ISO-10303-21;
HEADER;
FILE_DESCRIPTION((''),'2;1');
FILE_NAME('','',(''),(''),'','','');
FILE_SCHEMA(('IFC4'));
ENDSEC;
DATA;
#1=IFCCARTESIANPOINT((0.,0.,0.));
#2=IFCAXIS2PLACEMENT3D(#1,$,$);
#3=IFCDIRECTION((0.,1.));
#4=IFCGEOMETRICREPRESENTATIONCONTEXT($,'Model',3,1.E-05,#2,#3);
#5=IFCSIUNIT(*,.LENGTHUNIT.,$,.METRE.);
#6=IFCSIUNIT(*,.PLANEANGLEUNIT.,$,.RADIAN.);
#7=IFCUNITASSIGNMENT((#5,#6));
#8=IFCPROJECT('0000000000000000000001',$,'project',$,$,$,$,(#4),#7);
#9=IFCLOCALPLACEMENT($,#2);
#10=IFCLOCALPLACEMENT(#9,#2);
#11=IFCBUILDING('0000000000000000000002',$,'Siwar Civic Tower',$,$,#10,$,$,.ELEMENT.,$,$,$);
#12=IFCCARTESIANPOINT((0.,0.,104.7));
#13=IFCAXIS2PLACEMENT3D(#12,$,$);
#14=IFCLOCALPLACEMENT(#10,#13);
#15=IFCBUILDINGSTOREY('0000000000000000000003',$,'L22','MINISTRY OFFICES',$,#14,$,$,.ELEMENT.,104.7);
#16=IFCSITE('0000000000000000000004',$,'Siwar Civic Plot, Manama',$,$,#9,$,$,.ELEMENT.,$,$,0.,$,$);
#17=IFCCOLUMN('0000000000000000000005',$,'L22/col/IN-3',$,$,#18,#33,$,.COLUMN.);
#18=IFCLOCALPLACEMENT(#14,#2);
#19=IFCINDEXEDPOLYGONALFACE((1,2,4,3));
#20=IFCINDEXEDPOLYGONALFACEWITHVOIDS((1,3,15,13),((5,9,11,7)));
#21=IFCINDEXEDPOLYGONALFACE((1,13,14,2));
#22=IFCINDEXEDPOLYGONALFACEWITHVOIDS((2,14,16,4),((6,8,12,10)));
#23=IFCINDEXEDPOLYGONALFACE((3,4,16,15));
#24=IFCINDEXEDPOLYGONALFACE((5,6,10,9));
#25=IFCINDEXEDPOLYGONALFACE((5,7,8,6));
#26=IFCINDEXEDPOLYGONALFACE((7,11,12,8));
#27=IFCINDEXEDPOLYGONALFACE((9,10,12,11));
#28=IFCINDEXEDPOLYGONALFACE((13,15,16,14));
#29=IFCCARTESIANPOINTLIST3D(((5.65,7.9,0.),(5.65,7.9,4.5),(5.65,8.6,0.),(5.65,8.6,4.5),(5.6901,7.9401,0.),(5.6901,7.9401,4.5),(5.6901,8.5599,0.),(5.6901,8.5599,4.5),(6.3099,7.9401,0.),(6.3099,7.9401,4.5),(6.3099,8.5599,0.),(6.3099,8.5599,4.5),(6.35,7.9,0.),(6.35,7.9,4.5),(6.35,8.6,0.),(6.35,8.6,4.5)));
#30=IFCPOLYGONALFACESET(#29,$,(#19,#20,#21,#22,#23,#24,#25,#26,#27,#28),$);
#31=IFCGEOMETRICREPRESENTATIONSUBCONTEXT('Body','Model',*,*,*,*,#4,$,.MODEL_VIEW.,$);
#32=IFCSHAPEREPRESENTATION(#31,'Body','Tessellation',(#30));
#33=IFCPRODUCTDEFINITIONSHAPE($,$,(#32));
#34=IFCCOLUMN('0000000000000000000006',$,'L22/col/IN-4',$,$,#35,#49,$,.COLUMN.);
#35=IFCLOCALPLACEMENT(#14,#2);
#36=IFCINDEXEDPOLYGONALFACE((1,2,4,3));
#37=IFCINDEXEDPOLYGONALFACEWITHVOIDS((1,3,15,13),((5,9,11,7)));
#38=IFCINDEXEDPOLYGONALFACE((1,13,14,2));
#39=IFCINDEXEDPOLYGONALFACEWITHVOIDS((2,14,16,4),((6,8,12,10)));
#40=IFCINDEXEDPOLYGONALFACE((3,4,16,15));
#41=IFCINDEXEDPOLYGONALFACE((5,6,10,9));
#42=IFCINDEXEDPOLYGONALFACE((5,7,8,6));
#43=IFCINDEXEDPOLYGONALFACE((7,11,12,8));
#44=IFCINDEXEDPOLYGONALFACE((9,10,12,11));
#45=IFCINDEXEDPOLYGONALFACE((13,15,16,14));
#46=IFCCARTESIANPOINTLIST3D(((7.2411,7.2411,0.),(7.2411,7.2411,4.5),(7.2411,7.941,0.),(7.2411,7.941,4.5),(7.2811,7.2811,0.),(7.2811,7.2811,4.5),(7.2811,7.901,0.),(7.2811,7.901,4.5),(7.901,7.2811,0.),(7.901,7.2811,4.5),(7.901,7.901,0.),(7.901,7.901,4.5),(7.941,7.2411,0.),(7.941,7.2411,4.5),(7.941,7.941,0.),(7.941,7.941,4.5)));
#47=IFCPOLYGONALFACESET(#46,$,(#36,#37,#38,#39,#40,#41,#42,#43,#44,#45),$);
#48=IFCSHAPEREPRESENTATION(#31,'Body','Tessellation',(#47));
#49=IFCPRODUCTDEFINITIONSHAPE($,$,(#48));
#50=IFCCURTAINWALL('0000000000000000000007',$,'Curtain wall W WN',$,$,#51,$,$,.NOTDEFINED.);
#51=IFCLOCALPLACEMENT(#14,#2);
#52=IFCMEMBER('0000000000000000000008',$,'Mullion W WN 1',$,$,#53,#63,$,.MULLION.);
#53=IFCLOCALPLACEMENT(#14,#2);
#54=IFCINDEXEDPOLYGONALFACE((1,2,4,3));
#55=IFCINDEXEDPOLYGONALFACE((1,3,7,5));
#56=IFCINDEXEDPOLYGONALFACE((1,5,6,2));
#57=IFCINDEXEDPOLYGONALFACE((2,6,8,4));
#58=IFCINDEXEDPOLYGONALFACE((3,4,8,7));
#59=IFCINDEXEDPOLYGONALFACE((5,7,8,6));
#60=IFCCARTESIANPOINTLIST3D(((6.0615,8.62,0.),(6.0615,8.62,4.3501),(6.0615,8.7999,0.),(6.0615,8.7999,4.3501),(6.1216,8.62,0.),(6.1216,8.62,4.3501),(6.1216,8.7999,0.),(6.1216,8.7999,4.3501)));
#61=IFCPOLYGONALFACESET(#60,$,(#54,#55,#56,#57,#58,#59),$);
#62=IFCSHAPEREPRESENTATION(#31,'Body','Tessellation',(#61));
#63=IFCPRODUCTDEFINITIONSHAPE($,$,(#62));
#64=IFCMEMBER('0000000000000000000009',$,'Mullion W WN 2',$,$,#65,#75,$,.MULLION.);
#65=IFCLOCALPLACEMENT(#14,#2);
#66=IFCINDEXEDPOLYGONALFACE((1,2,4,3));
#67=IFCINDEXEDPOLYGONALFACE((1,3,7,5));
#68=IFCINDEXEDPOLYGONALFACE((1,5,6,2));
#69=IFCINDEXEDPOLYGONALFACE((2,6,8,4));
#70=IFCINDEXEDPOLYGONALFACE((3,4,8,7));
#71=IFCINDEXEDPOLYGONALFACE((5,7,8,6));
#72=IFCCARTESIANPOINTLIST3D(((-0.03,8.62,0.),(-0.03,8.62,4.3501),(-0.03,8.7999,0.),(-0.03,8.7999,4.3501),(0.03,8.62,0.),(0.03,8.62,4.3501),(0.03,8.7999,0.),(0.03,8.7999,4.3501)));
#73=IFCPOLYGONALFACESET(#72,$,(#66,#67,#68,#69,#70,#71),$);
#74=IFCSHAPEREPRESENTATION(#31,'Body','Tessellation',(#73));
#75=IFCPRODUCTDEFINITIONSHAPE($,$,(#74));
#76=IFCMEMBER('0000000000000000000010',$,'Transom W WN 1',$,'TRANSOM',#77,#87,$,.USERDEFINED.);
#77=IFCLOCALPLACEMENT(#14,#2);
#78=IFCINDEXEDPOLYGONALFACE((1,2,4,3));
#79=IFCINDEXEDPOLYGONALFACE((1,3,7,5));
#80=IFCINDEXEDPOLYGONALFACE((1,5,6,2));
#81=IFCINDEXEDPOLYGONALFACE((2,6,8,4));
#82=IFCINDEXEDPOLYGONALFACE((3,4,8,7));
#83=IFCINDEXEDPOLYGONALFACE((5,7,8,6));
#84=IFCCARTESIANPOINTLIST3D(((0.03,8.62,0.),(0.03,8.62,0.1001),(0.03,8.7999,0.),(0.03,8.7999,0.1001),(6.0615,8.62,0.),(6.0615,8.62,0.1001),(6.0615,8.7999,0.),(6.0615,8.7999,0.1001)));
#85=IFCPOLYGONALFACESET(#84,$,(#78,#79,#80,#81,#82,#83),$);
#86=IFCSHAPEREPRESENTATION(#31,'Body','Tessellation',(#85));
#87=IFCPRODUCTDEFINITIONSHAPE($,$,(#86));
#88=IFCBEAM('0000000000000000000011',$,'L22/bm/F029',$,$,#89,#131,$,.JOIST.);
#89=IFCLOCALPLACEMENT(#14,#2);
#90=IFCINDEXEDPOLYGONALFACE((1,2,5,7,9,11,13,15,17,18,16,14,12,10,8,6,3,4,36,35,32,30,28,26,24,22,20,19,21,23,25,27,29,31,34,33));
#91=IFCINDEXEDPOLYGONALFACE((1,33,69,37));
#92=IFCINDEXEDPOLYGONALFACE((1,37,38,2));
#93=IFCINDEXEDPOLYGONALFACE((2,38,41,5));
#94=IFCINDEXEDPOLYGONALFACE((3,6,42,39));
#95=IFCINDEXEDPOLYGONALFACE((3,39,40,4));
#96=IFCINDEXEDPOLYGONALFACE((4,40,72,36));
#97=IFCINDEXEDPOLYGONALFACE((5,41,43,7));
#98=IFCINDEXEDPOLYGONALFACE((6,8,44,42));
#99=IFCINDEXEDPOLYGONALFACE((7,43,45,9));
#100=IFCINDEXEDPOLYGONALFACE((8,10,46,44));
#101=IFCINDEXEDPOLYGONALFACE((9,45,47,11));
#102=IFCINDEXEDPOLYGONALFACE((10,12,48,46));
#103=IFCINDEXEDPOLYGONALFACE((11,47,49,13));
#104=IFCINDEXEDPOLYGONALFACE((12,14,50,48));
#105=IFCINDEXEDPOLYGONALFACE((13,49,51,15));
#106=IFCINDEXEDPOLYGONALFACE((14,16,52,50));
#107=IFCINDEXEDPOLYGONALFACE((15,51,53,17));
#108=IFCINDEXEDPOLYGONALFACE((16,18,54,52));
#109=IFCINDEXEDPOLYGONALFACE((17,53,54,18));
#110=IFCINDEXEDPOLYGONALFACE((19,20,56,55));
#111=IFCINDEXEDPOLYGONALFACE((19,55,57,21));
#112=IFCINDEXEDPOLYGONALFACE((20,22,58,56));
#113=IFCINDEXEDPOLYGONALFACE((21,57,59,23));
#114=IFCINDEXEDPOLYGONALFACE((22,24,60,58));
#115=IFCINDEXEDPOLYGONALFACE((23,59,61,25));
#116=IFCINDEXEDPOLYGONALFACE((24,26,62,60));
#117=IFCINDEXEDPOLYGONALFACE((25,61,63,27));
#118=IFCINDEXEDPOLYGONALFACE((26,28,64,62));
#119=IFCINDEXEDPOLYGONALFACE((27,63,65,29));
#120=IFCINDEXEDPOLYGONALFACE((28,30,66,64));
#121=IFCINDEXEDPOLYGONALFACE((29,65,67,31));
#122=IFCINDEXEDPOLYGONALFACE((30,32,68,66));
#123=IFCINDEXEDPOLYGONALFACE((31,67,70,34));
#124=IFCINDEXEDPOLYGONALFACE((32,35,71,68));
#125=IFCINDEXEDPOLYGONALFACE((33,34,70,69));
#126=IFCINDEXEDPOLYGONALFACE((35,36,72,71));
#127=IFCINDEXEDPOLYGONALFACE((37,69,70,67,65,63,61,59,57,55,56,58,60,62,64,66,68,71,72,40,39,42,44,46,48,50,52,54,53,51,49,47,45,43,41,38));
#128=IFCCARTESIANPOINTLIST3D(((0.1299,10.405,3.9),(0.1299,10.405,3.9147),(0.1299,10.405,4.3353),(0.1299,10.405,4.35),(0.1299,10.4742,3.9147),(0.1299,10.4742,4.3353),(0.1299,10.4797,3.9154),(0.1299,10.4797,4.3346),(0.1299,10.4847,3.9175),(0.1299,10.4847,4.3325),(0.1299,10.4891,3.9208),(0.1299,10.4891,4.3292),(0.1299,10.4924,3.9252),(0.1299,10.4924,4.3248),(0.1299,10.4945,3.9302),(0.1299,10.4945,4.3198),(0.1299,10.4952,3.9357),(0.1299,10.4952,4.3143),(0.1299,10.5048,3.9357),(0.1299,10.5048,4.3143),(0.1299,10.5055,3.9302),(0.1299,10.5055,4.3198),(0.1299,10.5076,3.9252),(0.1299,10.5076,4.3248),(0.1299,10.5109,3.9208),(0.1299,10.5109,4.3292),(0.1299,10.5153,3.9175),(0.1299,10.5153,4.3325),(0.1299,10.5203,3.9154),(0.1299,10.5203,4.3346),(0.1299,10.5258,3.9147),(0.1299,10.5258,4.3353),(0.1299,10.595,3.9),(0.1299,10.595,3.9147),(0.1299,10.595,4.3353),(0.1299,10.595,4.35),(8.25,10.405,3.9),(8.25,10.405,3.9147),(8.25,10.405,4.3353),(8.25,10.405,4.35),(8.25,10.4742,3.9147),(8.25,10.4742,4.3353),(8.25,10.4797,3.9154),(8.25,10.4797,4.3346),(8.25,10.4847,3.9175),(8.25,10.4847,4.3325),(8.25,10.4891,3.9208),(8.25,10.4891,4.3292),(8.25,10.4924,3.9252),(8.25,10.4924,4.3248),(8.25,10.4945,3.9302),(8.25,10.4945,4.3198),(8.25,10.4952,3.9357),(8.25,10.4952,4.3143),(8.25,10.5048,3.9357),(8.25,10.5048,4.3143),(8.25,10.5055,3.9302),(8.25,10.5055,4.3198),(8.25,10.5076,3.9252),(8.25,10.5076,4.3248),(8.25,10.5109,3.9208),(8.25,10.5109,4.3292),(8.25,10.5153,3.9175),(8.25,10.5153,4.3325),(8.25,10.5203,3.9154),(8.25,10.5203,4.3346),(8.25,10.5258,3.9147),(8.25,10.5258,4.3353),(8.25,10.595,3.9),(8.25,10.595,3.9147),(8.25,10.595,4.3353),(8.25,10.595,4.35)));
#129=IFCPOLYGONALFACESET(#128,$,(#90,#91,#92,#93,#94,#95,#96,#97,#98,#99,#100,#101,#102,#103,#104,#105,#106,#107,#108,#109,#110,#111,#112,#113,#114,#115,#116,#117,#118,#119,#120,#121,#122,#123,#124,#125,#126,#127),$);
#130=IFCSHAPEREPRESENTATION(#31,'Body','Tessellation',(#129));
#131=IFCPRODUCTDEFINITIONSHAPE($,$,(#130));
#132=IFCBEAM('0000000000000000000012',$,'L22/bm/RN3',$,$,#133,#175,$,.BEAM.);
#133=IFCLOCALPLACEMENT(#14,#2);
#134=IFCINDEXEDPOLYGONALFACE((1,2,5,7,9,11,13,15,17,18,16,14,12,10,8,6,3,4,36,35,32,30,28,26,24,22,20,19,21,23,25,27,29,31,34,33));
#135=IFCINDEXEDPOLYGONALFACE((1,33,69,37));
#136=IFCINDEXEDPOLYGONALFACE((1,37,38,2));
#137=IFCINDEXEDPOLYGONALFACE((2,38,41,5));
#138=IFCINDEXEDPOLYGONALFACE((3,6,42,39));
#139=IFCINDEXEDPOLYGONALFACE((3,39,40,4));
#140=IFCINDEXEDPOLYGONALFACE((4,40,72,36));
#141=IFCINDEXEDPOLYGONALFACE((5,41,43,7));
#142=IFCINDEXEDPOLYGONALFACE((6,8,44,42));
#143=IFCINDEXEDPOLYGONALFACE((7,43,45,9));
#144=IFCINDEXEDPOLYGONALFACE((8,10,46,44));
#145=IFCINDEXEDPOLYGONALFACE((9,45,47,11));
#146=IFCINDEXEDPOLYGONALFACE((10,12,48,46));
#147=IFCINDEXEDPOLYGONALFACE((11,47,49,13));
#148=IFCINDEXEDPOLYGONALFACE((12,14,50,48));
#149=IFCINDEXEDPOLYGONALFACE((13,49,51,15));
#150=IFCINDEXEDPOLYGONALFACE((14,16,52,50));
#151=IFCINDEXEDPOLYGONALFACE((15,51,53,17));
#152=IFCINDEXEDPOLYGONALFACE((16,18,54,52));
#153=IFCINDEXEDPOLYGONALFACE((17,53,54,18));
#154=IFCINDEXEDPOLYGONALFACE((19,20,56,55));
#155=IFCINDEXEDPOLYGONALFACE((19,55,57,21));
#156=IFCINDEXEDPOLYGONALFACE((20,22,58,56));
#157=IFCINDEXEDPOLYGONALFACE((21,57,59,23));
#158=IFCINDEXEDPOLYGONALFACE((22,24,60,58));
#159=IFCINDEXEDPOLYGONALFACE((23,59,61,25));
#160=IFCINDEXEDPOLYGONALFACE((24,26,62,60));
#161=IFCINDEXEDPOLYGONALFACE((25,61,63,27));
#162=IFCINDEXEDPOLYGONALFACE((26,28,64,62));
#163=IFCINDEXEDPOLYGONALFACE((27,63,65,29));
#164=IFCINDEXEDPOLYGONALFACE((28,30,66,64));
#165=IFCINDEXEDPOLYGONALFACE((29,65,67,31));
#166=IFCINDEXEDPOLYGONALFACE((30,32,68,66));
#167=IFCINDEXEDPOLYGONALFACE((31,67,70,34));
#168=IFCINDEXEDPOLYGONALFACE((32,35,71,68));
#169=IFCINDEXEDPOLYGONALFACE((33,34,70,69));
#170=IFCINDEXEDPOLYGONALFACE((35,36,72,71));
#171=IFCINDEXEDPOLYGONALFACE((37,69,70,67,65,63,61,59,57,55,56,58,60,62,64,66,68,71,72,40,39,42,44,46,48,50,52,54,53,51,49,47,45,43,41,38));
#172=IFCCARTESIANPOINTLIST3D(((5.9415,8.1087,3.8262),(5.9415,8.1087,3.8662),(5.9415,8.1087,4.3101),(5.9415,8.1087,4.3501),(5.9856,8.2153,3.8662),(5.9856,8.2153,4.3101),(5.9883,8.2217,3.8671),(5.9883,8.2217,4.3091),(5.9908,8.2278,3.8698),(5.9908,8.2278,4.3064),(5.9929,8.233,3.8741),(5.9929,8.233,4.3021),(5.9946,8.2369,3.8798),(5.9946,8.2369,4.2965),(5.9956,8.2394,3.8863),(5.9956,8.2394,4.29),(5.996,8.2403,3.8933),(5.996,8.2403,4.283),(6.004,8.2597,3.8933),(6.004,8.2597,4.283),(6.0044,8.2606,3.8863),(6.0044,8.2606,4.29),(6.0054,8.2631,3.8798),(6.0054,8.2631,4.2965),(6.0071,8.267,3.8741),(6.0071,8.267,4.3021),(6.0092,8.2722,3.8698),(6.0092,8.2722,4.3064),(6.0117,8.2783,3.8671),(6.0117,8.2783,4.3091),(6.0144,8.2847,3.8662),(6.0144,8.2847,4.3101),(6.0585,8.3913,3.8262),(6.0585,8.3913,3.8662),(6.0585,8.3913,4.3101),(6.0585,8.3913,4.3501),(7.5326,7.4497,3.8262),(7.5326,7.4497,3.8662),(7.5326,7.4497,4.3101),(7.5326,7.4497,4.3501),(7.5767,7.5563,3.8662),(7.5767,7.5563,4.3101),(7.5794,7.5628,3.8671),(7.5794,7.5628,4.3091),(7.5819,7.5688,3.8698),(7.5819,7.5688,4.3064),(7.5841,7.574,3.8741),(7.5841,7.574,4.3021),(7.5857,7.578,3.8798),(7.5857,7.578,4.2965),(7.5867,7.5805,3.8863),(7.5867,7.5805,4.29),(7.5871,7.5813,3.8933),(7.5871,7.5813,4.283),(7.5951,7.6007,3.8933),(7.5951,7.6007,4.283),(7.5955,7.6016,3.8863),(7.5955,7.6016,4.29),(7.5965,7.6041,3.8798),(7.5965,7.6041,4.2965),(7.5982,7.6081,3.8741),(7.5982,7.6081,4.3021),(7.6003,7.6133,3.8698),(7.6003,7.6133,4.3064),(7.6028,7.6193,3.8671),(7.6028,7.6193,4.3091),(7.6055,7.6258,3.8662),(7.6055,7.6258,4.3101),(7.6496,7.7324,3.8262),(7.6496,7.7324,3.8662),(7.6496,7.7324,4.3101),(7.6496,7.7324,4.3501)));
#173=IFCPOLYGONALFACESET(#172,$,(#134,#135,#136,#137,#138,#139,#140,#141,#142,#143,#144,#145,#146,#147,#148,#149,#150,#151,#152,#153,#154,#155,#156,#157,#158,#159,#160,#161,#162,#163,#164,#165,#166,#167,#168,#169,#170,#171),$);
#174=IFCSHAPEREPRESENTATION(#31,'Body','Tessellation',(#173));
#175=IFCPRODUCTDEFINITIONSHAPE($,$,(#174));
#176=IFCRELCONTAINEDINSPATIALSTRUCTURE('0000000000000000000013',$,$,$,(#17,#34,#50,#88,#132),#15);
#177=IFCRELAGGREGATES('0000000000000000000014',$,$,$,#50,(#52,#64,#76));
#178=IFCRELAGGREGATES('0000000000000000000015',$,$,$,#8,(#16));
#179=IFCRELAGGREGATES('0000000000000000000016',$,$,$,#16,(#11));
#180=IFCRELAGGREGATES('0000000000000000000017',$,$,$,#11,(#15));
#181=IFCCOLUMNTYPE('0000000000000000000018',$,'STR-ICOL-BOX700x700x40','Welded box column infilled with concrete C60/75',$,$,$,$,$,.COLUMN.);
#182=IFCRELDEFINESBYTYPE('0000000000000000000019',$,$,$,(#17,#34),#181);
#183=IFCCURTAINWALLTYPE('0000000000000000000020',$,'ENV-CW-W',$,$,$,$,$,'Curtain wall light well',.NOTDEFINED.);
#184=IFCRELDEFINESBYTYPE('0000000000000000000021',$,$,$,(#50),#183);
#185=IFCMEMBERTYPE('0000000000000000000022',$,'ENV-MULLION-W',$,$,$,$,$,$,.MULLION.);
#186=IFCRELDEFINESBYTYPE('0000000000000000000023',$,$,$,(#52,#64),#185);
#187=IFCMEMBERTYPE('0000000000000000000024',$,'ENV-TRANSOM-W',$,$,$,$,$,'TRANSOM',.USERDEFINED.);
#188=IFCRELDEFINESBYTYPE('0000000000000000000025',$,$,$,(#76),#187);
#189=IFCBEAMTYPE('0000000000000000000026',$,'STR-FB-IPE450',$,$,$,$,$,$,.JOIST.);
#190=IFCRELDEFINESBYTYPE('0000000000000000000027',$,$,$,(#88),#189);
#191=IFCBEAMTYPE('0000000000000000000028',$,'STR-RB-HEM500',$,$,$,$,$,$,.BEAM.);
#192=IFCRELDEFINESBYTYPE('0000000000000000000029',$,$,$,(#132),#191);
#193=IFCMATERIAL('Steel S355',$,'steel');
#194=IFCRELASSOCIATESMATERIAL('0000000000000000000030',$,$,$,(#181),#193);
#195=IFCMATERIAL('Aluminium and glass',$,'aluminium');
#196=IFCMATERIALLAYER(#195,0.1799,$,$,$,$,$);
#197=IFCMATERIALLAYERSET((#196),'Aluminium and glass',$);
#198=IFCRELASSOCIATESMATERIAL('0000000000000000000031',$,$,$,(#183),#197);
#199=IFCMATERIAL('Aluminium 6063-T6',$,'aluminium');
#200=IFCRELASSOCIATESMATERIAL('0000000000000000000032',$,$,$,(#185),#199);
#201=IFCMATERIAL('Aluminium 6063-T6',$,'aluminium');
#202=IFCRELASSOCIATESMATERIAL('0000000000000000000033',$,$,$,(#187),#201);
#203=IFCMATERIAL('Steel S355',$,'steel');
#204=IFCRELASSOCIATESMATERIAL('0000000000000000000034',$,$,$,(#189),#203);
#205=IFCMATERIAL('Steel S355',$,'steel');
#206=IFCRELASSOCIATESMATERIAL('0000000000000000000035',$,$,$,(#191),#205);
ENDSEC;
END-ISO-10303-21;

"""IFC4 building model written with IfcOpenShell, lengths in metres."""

from ifc_helpers import new_model, si_unit, direction, frame, origin, origin_2d, place, context, subcontext, project, spatial, rectangle, hollow_rectangle, i_section, extrude, material, layer, layer_set, material_profile, profile_set, type_object, element, aggregate, save


model = new_model("IFC4")

# Units and contexts
model_context = context("Model", 3, precision=1e-05, world=origin(), true_north=direction((0.0, 1.0)))
body_context = subcontext(model_context, "Body", "Model", "MODEL_VIEW")
ifc_project = project(units=[si_unit("LENGTHUNIT", "METRE"), si_unit("PLANEANGLEUNIT", "RADIAN")], contexts=[model_context])

# Site, building, storey
site_placement = place(None, origin())
site = spatial("IfcSite", under=ifc_project, at=site_placement, Name="Siwar Civic Plot, Manama", CompositionType="ELEMENT", RefElevation=0.0)
building_placement = place(site_placement, origin())
building = spatial("IfcBuilding", under=site, at=building_placement, Name="Siwar Civic Tower", CompositionType="ELEMENT")
storey_placement = place(building_placement, frame((0.0, 0.0, 104.7)))
storey = spatial("IfcBuildingStorey", under=building, at=storey_placement, Name="L22", Description="MINISTRY OFFICES", CompositionType="ELEMENT", Elevation=104.7)

# Columns
ifc_material_1 = material(Name="Steel S355", Category="steel")
ifc_material_profile_1 = material_profile(ifc_material_1, hollow_rectangle(XDim=0.7, YDim=0.7, WallThickness=0.04, at=origin_2d()), Name="BOX700x700x40")
ifc_profile_set_1 = profile_set([ifc_material_profile_1], Name="Steel S355")
column_type = type_object("IfcColumnType", Name="STR-ICOL-BOX700x700x40", Description="Welded box column infilled with concrete C60/75", PredefinedType="COLUMN", material=ifc_profile_set_1)
for number, where, z_axis, x_axis, name in (
    (1, (6.0, 8.25, 0.0), (0.0, 0.0, 1.0), (1.0, 0.0, 0.0), "L22/col/IN-3"),
    (2, (7.5911, 7.5911, 0.0), (0.0, 0.0, 1.0), (1.0, 0.0, 0.0), "L22/col/IN-4"),
):
    element("IfcColumn", number, at=place(storey_placement, frame(where, z_axis=z_axis, x_axis=x_axis)), inside=storey, type_object=column_type, Name=name, PredefinedType="COLUMN", context=body_context, shape_type="SweptSolid", body=[
        extrude(hollow_rectangle(XDim=0.7, YDim=0.7, WallThickness=0.04, at=origin_2d()), origin(), (0.0, 0.0, 1.0), 4.5),
    ])

# Curtain wall, members
ifc_material_2 = material(Name="Aluminium and glass", Category="aluminium")
ifc_layer_1 = layer(ifc_material_2, 0.1799)
ifc_layer_set_1 = layer_set([ifc_layer_1], Name="Aluminium and glass")
curtain_wall_type = type_object("IfcCurtainWallType", Name="ENV-CW-W", ElementType="Curtain wall light well", PredefinedType="NOTDEFINED", material=ifc_layer_set_1)
curtain_wall_placement = place(storey_placement, origin())
curtain_wall = element("IfcCurtainWall", 3, at=curtain_wall_placement, inside=storey, type_object=curtain_wall_type, Name="Curtain wall W WN", PredefinedType="NOTDEFINED")
ifc_material_3 = material(Name="Aluminium 6063-T6", Category="aluminium")
ifc_material_profile_2 = material_profile(ifc_material_3, rectangle(XDim=0.1799, YDim=0.0601, at=origin_2d()), Name="AL 180x60")
ifc_profile_set_2 = profile_set([ifc_material_profile_2], Name="Aluminium 6063-T6")
member_type_1 = type_object("IfcMemberType", Name="ENV-MULLION-W", PredefinedType="MULLION", material=ifc_profile_set_2)
member_1_placement = place(storey_placement, frame((6.0916, 8.71, 0.0), z_axis=(0.0, 0.0, 1.0), x_axis=(0.0, -1.0, 0.0)))
member_1 = element("IfcMember", 4, at=member_1_placement, type_object=member_type_1, Name="Mullion W WN 1", PredefinedType="MULLION", context=body_context, shape_type="SweptSolid", body=[
    extrude(rectangle(XDim=0.1799, YDim=0.0601, at=origin_2d()), origin(), (0.0, 0.0, 1.0), 4.3501),
])
member_2_placement = place(storey_placement, frame((0.0, 8.71, 0.0), z_axis=(0.0, 0.0, 1.0), x_axis=(0.0, -1.0, 0.0)))
member_2 = element("IfcMember", 5, at=member_2_placement, type_object=member_type_1, Name="Mullion W WN 2", PredefinedType="MULLION", context=body_context, shape_type="SweptSolid", body=[
    extrude(rectangle(XDim=0.1799, YDim=0.0601, at=origin_2d()), origin(), (0.0, 0.0, 1.0), 4.3501),
])
ifc_material_4 = material(Name="Aluminium 6063-T6", Category="aluminium")
ifc_material_profile_3 = material_profile(ifc_material_4, rectangle(XDim=0.1799, YDim=0.1001, at=origin_2d()), Name="AL 180x100")
ifc_profile_set_3 = profile_set([ifc_material_profile_3], Name="Aluminium 6063-T6")
member_type_2 = type_object("IfcMemberType", Name="ENV-TRANSOM-W", ElementType="TRANSOM", PredefinedType="USERDEFINED", material=ifc_profile_set_3)
member_3_placement = place(storey_placement, frame((6.0615, 8.71, 0.05), z_axis=(-1.0, 0.0, 0.0), x_axis=(0.0, -1.0, 0.0)))
member_3 = element("IfcMember", 6, at=member_3_placement, type_object=member_type_2, Name="Transom W WN 1", ObjectType="TRANSOM", PredefinedType="USERDEFINED", context=body_context, shape_type="SweptSolid", body=[
    extrude(rectangle(XDim=0.1799, YDim=0.1001, at=origin_2d()), origin(), (0.0, 0.0, 1.0), 6.0315),
])

# Beams
ifc_material_5 = material(Name="Steel S355", Category="steel")
ifc_material_profile_4 = material_profile(ifc_material_5, i_section(OverallWidth=0.1899, OverallDepth=0.45, WebThickness=0.0095, FlangeThickness=0.0146, FilletRadius=0.021, at=origin_2d()), Name="IPE450")
ifc_profile_set_4 = profile_set([ifc_material_profile_4], Name="Steel S355")
beam_type_1 = type_object("IfcBeamType", Name="STR-FB-IPE450", PredefinedType="JOIST", material=ifc_profile_set_4)
beam_placement = place(storey_placement, frame((0.1299, 10.5, 4.125), z_axis=(1.0, 0.0, 0.0), x_axis=(0.0, 1.0, 0.0)))
element("IfcBeam", 7, at=beam_placement, inside=storey, type_object=beam_type_1, Name="L22/bm/F029", PredefinedType="JOIST", context=body_context, shape_type="SweptSolid", body=[
    extrude(i_section(OverallWidth=0.1899, OverallDepth=0.45, WebThickness=0.0095, FlangeThickness=0.0146, FilletRadius=0.021, at=origin_2d()), origin(), (0.0, 0.0, 1.0), 8.1201),
])
ifc_material_6 = material(Name="Steel S355", Category="steel")
ifc_material_profile_5 = material_profile(ifc_material_6, i_section(OverallWidth=0.3059, OverallDepth=0.5239, WebThickness=0.021, FlangeThickness=0.04, FilletRadius=0.0271, at=origin_2d()), Name="HEM500")
ifc_profile_set_5 = profile_set([ifc_material_profile_5], Name="Steel S355")
beam_type_2 = type_object("IfcBeamType", Name="STR-RB-HEM500", PredefinedType="BEAM", material=ifc_profile_set_5)
for number, where, z_axis, x_axis, name in (
    (8, (6.0, 8.25, 4.0881), (0.923901, -0.382631, 0.0), (0.382631, 0.923901, 0.0), "L22/bm/RN3"),
):
    element("IfcBeam", number, at=place(storey_placement, frame(where, z_axis=z_axis, x_axis=x_axis)), inside=storey, type_object=beam_type_2, Name=name, PredefinedType="BEAM", context=body_context, shape_type="SweptSolid", body=[
        extrude(i_section(OverallWidth=0.3059, OverallDepth=0.5239, WebThickness=0.021, FlangeThickness=0.04, FilletRadius=0.0271, at=origin_2d()), origin(), (0.0, 0.0, 1.0), 1.7222),
    ])

aggregate(curtain_wall, [member_1, member_2, member_3])

save(model, "model.ifc")
